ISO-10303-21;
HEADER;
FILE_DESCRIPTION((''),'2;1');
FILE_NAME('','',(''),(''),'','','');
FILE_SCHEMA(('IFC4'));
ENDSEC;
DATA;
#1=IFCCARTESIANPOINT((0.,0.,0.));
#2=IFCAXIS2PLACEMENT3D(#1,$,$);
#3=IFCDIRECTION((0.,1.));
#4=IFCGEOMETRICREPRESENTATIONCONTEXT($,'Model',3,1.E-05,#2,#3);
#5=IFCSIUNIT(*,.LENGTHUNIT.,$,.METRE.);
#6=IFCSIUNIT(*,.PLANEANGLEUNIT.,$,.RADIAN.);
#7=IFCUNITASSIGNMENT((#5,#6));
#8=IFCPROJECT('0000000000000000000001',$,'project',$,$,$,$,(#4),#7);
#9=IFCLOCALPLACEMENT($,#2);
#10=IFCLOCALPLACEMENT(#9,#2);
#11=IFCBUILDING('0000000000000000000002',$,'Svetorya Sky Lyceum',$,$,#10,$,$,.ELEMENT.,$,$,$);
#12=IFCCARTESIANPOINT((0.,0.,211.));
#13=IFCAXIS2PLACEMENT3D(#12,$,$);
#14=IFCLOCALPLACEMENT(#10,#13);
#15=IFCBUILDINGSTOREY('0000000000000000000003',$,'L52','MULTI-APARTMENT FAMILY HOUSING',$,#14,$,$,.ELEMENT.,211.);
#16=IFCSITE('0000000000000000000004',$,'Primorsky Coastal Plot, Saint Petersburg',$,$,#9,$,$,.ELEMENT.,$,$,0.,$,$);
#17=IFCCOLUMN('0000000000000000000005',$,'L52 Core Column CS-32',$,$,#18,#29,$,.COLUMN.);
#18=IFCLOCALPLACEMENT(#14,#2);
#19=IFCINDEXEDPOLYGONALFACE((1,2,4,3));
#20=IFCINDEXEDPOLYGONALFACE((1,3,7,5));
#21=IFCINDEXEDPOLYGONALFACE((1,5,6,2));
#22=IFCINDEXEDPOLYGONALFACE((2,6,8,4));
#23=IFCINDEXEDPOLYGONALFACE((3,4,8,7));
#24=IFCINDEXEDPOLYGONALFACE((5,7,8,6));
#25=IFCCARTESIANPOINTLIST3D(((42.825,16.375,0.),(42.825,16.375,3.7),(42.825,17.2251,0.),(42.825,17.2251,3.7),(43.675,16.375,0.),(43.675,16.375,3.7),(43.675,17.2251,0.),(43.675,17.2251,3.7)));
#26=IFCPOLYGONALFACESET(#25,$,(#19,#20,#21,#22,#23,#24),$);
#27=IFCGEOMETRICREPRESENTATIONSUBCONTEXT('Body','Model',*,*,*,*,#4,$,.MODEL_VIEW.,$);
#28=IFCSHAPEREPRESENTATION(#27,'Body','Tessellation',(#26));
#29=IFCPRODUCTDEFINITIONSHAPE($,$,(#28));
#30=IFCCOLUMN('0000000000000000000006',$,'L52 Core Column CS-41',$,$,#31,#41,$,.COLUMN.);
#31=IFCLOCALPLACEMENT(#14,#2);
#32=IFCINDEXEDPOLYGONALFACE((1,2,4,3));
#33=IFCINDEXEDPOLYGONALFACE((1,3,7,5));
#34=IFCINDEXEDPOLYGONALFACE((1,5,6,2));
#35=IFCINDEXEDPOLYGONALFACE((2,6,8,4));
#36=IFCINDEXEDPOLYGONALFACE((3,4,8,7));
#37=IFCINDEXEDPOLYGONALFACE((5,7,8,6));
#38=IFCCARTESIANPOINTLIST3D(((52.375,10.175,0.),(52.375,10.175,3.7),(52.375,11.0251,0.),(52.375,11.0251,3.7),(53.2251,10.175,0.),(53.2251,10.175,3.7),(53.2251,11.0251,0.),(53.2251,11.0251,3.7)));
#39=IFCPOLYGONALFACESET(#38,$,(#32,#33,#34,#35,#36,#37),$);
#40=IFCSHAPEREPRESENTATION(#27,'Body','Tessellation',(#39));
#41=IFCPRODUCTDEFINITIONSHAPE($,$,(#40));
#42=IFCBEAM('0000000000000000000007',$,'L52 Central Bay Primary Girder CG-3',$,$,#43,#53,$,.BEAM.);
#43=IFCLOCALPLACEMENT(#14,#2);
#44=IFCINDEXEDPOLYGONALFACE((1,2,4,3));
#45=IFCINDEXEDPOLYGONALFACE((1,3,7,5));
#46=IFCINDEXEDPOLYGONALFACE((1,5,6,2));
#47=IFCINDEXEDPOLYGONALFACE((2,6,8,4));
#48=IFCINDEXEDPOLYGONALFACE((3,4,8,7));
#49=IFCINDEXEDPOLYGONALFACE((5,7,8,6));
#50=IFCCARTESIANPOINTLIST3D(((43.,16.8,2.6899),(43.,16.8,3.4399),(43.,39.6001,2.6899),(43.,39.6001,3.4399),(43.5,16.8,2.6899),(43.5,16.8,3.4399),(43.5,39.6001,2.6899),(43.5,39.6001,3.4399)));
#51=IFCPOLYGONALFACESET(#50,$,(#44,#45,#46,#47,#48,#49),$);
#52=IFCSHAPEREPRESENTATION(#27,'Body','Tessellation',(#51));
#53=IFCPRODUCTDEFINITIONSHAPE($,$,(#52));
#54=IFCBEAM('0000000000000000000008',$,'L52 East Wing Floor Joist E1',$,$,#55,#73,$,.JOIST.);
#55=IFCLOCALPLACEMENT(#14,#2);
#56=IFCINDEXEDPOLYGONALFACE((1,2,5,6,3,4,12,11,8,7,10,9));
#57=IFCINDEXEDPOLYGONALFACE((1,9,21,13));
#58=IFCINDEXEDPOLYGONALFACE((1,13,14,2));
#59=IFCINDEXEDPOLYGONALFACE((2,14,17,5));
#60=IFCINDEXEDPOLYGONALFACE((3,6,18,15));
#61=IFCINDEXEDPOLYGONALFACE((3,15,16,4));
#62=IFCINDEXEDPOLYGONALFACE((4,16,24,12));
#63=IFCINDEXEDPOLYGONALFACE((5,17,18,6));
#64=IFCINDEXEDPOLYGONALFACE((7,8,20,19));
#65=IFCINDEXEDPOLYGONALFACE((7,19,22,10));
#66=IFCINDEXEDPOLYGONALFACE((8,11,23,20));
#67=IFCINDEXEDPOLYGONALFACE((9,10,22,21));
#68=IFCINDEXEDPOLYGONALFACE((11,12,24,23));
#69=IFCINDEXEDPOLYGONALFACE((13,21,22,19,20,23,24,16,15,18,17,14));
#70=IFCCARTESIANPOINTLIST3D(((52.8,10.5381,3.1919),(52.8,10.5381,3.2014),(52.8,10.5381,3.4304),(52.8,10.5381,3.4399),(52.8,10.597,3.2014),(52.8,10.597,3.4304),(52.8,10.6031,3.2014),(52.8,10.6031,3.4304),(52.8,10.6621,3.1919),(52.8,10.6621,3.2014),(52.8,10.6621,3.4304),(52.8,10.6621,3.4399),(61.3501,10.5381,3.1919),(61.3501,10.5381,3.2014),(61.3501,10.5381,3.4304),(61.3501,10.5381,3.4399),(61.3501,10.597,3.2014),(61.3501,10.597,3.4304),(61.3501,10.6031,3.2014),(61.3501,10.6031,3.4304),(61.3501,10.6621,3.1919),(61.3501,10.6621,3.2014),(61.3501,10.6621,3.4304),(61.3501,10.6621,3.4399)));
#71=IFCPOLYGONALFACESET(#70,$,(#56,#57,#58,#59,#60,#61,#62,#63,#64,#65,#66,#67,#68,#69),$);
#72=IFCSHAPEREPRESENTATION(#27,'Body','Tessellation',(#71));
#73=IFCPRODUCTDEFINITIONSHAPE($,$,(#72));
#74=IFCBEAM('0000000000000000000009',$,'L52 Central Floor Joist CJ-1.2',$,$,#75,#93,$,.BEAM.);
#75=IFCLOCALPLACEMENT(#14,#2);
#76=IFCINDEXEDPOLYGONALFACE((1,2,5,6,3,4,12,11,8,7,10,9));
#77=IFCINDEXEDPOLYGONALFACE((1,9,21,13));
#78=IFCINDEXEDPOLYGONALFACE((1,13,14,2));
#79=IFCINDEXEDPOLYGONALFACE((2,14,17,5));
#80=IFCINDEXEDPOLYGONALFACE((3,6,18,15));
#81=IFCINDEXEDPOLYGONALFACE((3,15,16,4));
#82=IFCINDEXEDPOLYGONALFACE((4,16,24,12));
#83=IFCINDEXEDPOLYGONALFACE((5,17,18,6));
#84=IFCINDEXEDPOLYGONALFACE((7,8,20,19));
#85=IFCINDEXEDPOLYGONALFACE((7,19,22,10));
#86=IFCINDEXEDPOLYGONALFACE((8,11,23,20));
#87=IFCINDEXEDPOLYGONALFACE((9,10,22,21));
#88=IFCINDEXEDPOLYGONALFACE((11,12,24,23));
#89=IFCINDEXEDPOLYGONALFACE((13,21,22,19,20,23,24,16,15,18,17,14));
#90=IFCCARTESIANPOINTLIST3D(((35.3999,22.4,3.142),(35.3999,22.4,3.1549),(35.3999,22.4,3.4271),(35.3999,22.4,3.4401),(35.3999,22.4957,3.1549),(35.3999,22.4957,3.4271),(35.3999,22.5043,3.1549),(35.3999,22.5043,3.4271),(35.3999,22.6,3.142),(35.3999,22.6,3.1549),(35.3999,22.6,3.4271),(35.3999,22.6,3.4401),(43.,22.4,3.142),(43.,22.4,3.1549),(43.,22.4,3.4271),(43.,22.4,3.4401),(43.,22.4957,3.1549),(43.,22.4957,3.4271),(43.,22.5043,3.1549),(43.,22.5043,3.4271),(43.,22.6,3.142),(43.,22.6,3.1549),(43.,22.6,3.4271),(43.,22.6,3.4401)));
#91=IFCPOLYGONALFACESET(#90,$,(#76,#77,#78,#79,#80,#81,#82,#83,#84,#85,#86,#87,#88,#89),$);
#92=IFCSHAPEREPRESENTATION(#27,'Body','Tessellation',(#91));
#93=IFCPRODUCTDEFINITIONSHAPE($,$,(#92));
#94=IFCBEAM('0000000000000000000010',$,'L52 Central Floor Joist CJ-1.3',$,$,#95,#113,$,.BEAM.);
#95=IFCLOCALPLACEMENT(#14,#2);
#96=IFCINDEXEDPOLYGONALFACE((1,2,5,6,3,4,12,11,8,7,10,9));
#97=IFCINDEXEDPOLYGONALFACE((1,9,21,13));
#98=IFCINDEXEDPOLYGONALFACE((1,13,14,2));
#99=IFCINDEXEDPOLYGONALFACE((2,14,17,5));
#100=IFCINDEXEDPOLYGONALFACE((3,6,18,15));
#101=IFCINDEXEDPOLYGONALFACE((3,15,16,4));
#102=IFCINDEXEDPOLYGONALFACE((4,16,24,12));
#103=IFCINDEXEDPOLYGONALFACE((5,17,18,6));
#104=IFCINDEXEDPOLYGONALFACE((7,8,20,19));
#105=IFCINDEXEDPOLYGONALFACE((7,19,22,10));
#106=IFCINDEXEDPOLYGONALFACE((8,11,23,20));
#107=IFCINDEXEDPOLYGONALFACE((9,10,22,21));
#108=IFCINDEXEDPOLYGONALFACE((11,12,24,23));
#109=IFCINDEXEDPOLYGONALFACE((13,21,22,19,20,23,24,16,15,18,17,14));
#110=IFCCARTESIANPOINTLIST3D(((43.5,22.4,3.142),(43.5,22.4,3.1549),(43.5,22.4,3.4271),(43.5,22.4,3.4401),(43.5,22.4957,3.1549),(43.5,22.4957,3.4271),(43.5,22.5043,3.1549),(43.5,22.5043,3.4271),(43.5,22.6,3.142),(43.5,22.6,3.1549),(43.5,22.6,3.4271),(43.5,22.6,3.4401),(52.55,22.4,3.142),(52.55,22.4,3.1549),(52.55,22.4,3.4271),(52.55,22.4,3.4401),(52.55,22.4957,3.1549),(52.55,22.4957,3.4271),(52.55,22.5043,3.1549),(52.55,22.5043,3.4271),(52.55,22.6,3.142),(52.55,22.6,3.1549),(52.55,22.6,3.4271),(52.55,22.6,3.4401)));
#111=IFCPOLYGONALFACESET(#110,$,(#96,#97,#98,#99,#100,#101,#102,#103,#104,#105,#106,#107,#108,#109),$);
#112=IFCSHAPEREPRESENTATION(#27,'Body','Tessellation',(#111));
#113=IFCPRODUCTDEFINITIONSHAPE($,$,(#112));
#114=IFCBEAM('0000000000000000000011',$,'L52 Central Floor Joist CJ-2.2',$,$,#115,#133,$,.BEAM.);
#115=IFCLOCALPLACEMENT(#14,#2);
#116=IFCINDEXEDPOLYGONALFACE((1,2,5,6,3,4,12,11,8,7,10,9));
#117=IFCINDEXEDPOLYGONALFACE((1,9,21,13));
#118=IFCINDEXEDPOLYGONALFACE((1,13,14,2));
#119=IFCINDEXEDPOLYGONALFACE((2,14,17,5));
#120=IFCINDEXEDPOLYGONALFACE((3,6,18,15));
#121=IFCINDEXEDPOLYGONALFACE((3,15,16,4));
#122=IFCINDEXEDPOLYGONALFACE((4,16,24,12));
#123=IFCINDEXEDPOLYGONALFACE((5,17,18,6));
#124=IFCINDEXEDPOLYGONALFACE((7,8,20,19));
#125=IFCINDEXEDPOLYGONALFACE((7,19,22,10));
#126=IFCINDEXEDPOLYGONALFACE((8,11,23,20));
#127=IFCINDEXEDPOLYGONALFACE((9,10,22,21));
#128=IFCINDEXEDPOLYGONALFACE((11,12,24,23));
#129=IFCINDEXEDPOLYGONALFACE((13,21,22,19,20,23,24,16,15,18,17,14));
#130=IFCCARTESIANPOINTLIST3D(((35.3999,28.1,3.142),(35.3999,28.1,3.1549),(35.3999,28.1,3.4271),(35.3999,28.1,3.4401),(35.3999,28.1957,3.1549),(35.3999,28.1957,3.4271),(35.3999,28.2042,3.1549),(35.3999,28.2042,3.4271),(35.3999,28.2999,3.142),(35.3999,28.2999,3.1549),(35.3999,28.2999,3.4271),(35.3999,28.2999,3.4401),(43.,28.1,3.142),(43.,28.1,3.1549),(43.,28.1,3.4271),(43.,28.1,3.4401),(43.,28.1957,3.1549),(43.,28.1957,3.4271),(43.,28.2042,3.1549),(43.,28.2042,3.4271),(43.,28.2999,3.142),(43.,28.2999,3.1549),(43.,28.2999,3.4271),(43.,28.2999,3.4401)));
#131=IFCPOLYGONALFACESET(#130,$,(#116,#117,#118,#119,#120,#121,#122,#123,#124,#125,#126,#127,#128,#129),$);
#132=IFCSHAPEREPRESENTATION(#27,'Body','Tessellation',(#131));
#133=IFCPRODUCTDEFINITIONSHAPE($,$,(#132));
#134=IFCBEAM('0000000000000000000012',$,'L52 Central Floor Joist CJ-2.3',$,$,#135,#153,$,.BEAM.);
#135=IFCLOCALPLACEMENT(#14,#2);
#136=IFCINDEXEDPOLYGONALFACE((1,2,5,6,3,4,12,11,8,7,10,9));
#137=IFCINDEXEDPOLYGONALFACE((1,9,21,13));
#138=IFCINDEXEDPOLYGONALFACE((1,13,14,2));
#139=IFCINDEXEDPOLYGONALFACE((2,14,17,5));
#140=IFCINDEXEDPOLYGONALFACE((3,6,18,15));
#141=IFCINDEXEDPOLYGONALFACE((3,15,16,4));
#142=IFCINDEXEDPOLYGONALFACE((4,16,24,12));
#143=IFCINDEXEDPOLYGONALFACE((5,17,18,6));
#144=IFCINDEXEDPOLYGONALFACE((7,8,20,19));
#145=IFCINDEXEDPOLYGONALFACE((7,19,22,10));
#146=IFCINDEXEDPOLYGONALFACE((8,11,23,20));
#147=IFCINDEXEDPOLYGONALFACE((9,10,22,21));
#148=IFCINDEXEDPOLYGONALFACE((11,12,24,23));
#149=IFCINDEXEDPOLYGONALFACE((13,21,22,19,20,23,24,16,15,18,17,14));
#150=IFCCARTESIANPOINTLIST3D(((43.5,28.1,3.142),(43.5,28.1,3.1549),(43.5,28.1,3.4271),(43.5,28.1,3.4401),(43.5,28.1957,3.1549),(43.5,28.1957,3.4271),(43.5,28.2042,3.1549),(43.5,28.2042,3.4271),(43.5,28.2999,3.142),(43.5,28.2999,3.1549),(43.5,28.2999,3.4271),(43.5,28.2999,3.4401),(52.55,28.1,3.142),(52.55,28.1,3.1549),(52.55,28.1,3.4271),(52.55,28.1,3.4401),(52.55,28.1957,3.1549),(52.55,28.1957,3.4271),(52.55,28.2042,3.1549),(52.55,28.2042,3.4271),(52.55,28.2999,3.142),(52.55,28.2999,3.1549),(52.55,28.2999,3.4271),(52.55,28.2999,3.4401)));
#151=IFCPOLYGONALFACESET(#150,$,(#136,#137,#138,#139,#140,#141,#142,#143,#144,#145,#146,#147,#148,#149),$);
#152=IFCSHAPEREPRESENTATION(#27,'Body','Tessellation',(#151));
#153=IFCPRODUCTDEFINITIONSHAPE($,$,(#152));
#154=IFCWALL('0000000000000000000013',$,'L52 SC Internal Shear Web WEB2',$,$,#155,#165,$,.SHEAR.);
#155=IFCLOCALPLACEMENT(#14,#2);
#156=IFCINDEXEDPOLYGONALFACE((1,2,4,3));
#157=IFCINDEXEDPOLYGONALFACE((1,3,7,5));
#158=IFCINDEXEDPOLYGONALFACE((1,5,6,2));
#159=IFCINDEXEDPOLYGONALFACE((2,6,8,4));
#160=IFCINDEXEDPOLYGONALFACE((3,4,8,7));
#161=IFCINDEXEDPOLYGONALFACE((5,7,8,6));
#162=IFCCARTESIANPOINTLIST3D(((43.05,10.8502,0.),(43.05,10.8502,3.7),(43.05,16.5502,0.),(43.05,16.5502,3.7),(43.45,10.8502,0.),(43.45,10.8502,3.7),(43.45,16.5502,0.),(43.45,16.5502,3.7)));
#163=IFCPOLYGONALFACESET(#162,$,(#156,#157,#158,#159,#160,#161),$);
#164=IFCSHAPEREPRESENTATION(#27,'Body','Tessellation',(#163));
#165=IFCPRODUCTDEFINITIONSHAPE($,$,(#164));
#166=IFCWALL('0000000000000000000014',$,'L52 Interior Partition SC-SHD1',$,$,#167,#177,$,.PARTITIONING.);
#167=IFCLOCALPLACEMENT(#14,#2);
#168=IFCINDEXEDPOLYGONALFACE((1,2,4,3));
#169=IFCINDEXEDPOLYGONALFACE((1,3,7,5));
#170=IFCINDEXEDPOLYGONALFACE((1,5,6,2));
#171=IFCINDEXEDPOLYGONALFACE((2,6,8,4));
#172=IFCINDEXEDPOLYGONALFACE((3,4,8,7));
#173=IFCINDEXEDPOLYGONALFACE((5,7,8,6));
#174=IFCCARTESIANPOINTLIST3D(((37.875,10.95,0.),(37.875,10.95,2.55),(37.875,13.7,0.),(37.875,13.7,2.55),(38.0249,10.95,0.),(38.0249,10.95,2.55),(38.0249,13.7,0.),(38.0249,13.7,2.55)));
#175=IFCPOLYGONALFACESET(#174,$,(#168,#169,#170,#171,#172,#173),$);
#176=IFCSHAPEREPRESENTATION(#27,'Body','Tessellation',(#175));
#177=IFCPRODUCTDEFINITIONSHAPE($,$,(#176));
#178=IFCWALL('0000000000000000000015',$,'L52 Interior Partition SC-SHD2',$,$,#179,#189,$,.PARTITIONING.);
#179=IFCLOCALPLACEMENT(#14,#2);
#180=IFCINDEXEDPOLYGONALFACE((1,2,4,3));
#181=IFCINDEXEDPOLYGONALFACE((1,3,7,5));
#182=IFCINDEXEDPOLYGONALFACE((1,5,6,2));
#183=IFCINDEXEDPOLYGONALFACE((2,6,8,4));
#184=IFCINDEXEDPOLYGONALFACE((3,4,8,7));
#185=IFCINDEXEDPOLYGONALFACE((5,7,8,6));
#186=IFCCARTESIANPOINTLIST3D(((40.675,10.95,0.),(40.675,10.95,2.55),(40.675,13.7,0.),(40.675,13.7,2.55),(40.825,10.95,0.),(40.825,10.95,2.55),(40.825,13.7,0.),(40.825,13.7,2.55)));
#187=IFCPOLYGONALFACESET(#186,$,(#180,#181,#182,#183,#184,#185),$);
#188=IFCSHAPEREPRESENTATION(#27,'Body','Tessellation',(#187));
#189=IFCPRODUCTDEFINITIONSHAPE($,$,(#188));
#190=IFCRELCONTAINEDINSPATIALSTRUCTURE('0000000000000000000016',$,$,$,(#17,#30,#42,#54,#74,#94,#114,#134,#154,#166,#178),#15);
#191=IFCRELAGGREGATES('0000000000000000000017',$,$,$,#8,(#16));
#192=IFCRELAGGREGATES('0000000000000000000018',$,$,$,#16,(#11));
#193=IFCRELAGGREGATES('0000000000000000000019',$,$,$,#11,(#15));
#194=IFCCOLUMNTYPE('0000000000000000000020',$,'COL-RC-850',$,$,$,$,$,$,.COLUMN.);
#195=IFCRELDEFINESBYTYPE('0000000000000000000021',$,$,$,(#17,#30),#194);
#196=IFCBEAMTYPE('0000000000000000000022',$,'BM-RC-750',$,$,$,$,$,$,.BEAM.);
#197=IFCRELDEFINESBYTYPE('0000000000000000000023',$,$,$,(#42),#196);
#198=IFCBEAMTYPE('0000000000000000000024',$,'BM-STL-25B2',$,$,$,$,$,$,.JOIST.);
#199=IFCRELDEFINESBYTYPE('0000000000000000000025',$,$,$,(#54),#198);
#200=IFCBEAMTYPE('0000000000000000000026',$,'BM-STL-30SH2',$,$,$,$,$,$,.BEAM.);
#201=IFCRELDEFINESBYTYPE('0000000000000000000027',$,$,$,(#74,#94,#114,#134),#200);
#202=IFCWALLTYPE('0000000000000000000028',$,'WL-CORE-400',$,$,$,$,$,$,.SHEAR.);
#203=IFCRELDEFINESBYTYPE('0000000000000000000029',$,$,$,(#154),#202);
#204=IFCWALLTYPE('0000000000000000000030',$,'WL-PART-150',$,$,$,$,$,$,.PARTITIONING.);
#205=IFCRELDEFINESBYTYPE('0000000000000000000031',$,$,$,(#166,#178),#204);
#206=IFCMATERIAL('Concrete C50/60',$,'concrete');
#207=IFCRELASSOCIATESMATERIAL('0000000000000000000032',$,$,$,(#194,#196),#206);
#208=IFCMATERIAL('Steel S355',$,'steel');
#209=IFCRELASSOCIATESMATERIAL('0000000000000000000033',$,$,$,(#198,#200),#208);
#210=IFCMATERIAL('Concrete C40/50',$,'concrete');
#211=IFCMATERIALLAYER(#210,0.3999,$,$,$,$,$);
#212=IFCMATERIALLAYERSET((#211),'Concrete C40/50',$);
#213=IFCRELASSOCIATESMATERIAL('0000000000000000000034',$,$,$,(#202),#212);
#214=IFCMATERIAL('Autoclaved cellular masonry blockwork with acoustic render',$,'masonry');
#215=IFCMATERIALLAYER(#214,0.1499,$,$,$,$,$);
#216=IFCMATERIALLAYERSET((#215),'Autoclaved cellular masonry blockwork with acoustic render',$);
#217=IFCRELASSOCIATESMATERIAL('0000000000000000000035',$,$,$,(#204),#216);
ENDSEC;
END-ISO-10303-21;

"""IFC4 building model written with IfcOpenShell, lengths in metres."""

from ifc_helpers import new_model, si_unit, direction, frame, frame_2d, origin, origin_2d, place, context, subcontext, project, spatial, rectangle, i_section, extrude, material, layer, layer_set, material_profile, profile_set, type_object, element, save


model = new_model("IFC4")

# Units and contexts
model_context = context("Model", 3, precision=1e-05, world=origin(), true_north=direction((0.0, 1.0)))
body_context = subcontext(model_context, "Body", "Model", "MODEL_VIEW")
ifc_project = project(units=[si_unit("LENGTHUNIT", "METRE"), si_unit("PLANEANGLEUNIT", "RADIAN")], contexts=[model_context])

# Site, building, storey
site_placement = place(None, origin())
site = spatial("IfcSite", under=ifc_project, at=site_placement, Name="Primorsky Coastal Plot, Saint Petersburg", CompositionType="ELEMENT", RefElevation=0.0)
building_placement = place(site_placement, origin())
building = spatial("IfcBuilding", under=site, at=building_placement, Name="Svetorya Sky Lyceum", CompositionType="ELEMENT")
storey_placement = place(building_placement, frame((0.0, 0.0, 211.0)))
storey = spatial("IfcBuildingStorey", under=building, at=storey_placement, Name="L52", Description="MULTI-APARTMENT FAMILY HOUSING", CompositionType="ELEMENT", Elevation=211.0)

# Columns
ifc_material_1 = material(Name="Concrete C50/60", Category="concrete")
ifc_material_profile_1 = material_profile(ifc_material_1, rectangle(XDim=0.8501, YDim=0.8501, at=origin_2d()), Name="RC COL 850x850")
ifc_profile_set_1 = profile_set([ifc_material_profile_1], Name="Concrete C50/60")
column_type = type_object("IfcColumnType", Name="COL-RC-850", PredefinedType="COLUMN", material=ifc_profile_set_1)
for number, where, z_axis, x_axis, name in (
    (1, (43.25, 16.8, 0.0), (0.0, 0.0, 1.0), (1.0, 0.0, 0.0), "L52 Core Column CS-32"),
    (2, (52.8, 10.6001, 0.0), (0.0, 0.0, 1.0), (1.0, 0.0, 0.0), "L52 Core Column CS-41"),
):
    element("IfcColumn", number, at=place(storey_placement, frame(where, z_axis=z_axis, x_axis=x_axis)), inside=storey, type_object=column_type, Name=name, PredefinedType="COLUMN", context=body_context, shape_type="SweptSolid", body=[
        extrude(rectangle(XDim=0.8501, YDim=0.8501, at=origin_2d()), origin(), (0.0, 0.0, 1.0), 3.7),
    ])

# Beams
ifc_material_profile_2 = material_profile(ifc_material_1, rectangle(XDim=0.5, YDim=0.75, at=origin_2d()), Name="RC BEAM 500x750")
ifc_profile_set_2 = profile_set([ifc_material_profile_2], Name="Concrete C50/60")
beam_type_1 = type_object("IfcBeamType", Name="BM-RC-750", PredefinedType="BEAM", material=ifc_profile_set_2)
beam_1_placement = place(storey_placement, frame((43.25, 16.8, 3.0649), z_axis=(0.0, 1.0, 0.0), x_axis=(-1.0, 0.0, 0.0)))
element("IfcBeam", 3, at=beam_1_placement, inside=storey, type_object=beam_type_1, Name="L52 Central Bay Primary Girder CG-3", PredefinedType="BEAM", context=body_context, shape_type="SweptSolid", body=[
    extrude(rectangle(XDim=0.5, YDim=0.75, at=origin_2d()), origin(), (0.0, 0.0, 1.0), 22.8),
])
ifc_material_2 = material(Name="Steel S355", Category="steel")
ifc_material_profile_3 = material_profile(ifc_material_2, i_section(OverallWidth=0.124, OverallDepth=0.248, WebThickness=0.0061, FlangeThickness=0.0095, at=origin_2d()), Name="GOST 25B2")
ifc_profile_set_3 = profile_set([ifc_material_profile_3], Name="Steel S355")
beam_type_2 = type_object("IfcBeamType", Name="BM-STL-25B2", PredefinedType="JOIST", material=ifc_profile_set_3)
beam_2_placement = place(storey_placement, frame((52.8, 10.6001, 3.3159), z_axis=(1.0, 0.0, 0.0), x_axis=(0.0, 1.0, 0.0)))
element("IfcBeam", 4, at=beam_2_placement, inside=storey, type_object=beam_type_2, Name="L52 East Wing Floor Joist E1", PredefinedType="JOIST", context=body_context, shape_type="SweptSolid", body=[
    extrude(i_section(OverallWidth=0.124, OverallDepth=0.248, WebThickness=0.0061, FlangeThickness=0.0095, at=origin_2d()), origin(), (0.0, 0.0, 1.0), 8.55),
])
ifc_material_profile_4 = material_profile(ifc_material_2, i_section(OverallWidth=0.2, OverallDepth=0.2981, WebThickness=0.0085, FlangeThickness=0.0129, at=origin_2d()), Name="GOST 30Sh2")
ifc_profile_set_4 = profile_set([ifc_material_profile_4], Name="Steel S355")
beam_type_3 = type_object("IfcBeamType", Name="BM-STL-30SH2", PredefinedType="BEAM", material=ifc_profile_set_4)
beam_3_placement = place(storey_placement, frame((35.3999, 22.5, 3.291), z_axis=(1.0, 0.0, 0.0), x_axis=(0.0, 1.0, 0.0)))
element("IfcBeam", 5, at=beam_3_placement, inside=storey, type_object=beam_type_3, Name="L52 Central Floor Joist CJ-1.2", PredefinedType="BEAM", context=body_context, shape_type="SweptSolid", body=[
    extrude(i_section(OverallWidth=0.2, OverallDepth=0.2981, WebThickness=0.0085, FlangeThickness=0.0129, at=origin_2d()), origin(), (0.0, 0.0, 1.0), 7.6001),
])
beam_4_placement = place(storey_placement, frame((43.5, 22.5, 3.291), z_axis=(1.0, 0.0, 0.0), x_axis=(0.0, 1.0, 0.0)))
element("IfcBeam", 6, at=beam_4_placement, inside=storey, type_object=beam_type_3, Name="L52 Central Floor Joist CJ-1.3", PredefinedType="BEAM", context=body_context, shape_type="SweptSolid", body=[
    extrude(i_section(OverallWidth=0.2, OverallDepth=0.2981, WebThickness=0.0085, FlangeThickness=0.0129, at=origin_2d()), origin(), (0.0, 0.0, 1.0), 9.05),
])
beam_5_placement = place(storey_placement, frame((35.3999, 28.2, 3.291), z_axis=(1.0, 0.0, 0.0), x_axis=(0.0, 1.0, 0.0)))
element("IfcBeam", 7, at=beam_5_placement, inside=storey, type_object=beam_type_3, Name="L52 Central Floor Joist CJ-2.2", PredefinedType="BEAM", context=body_context, shape_type="SweptSolid", body=[
    extrude(i_section(OverallWidth=0.2, OverallDepth=0.2981, WebThickness=0.0085, FlangeThickness=0.0129, at=origin_2d()), origin(), (0.0, 0.0, 1.0), 7.6001),
])
beam_6_placement = place(storey_placement, frame((43.5, 28.2, 3.291), z_axis=(1.0, 0.0, 0.0), x_axis=(0.0, 1.0, 0.0)))
element("IfcBeam", 8, at=beam_6_placement, inside=storey, type_object=beam_type_3, Name="L52 Central Floor Joist CJ-2.3", PredefinedType="BEAM", context=body_context, shape_type="SweptSolid", body=[
    extrude(i_section(OverallWidth=0.2, OverallDepth=0.2981, WebThickness=0.0085, FlangeThickness=0.0129, at=origin_2d()), origin(), (0.0, 0.0, 1.0), 9.05),
])

# Walls
ifc_material_3 = material(Name="Concrete C40/50", Category="concrete")
ifc_layer_1 = layer(ifc_material_3, 0.3999)
ifc_layer_set_1 = layer_set([ifc_layer_1], Name="Concrete C40/50")
wall_type_1 = type_object("IfcWallType", Name="WL-CORE-400", PredefinedType="SHEAR", material=ifc_layer_set_1)
wall_1_placement = place(storey_placement, frame((43.25, 10.8501, 0.0), z_axis=(0.0, 0.0, 1.0), x_axis=(0.0, 1.0, 0.0)))
element("IfcWall", 9, at=wall_1_placement, inside=storey, type_object=wall_type_1, Name="L52 SC Internal Shear Web WEB2", PredefinedType="SHEAR", context=body_context, shape_type="SweptSolid", body=[
    extrude(rectangle(XDim=5.7, YDim=0.3999, at=frame_2d((2.8501, 0.0))), origin(), (0.0, 0.0, 1.0), 3.7),
])
ifc_material_4 = material(Name="Autoclaved cellular masonry blockwork with acoustic render", Category="masonry")
ifc_layer_2 = layer(ifc_material_4, 0.1499)
ifc_layer_set_2 = layer_set([ifc_layer_2], Name="Autoclaved cellular masonry blockwork with acoustic render")
wall_type_2 = type_object("IfcWallType", Name="WL-PART-150", PredefinedType="PARTITIONING", material=ifc_layer_set_2)
for number, where, z_axis, x_axis, name in (
    (10, (37.95, 10.95, 0.0), (0.0, 0.0, 1.0), (0.0, 1.0, 0.0), "L52 Interior Partition SC-SHD1"),
    (11, (40.75, 10.95, 0.0), (0.0, 0.0, 1.0), (0.0, 1.0, 0.0), "L52 Interior Partition SC-SHD2"),
):
    element("IfcWall", number, at=place(storey_placement, frame(where, z_axis=z_axis, x_axis=x_axis)), inside=storey, type_object=wall_type_2, Name=name, PredefinedType="PARTITIONING", context=body_context, shape_type="SweptSolid", body=[
        extrude(rectangle(XDim=2.75, YDim=0.1499, at=frame_2d((1.375, 0.0))), origin(), (0.0, 0.0, 1.0), 2.55),
    ])

save(model, "model.ifc")
